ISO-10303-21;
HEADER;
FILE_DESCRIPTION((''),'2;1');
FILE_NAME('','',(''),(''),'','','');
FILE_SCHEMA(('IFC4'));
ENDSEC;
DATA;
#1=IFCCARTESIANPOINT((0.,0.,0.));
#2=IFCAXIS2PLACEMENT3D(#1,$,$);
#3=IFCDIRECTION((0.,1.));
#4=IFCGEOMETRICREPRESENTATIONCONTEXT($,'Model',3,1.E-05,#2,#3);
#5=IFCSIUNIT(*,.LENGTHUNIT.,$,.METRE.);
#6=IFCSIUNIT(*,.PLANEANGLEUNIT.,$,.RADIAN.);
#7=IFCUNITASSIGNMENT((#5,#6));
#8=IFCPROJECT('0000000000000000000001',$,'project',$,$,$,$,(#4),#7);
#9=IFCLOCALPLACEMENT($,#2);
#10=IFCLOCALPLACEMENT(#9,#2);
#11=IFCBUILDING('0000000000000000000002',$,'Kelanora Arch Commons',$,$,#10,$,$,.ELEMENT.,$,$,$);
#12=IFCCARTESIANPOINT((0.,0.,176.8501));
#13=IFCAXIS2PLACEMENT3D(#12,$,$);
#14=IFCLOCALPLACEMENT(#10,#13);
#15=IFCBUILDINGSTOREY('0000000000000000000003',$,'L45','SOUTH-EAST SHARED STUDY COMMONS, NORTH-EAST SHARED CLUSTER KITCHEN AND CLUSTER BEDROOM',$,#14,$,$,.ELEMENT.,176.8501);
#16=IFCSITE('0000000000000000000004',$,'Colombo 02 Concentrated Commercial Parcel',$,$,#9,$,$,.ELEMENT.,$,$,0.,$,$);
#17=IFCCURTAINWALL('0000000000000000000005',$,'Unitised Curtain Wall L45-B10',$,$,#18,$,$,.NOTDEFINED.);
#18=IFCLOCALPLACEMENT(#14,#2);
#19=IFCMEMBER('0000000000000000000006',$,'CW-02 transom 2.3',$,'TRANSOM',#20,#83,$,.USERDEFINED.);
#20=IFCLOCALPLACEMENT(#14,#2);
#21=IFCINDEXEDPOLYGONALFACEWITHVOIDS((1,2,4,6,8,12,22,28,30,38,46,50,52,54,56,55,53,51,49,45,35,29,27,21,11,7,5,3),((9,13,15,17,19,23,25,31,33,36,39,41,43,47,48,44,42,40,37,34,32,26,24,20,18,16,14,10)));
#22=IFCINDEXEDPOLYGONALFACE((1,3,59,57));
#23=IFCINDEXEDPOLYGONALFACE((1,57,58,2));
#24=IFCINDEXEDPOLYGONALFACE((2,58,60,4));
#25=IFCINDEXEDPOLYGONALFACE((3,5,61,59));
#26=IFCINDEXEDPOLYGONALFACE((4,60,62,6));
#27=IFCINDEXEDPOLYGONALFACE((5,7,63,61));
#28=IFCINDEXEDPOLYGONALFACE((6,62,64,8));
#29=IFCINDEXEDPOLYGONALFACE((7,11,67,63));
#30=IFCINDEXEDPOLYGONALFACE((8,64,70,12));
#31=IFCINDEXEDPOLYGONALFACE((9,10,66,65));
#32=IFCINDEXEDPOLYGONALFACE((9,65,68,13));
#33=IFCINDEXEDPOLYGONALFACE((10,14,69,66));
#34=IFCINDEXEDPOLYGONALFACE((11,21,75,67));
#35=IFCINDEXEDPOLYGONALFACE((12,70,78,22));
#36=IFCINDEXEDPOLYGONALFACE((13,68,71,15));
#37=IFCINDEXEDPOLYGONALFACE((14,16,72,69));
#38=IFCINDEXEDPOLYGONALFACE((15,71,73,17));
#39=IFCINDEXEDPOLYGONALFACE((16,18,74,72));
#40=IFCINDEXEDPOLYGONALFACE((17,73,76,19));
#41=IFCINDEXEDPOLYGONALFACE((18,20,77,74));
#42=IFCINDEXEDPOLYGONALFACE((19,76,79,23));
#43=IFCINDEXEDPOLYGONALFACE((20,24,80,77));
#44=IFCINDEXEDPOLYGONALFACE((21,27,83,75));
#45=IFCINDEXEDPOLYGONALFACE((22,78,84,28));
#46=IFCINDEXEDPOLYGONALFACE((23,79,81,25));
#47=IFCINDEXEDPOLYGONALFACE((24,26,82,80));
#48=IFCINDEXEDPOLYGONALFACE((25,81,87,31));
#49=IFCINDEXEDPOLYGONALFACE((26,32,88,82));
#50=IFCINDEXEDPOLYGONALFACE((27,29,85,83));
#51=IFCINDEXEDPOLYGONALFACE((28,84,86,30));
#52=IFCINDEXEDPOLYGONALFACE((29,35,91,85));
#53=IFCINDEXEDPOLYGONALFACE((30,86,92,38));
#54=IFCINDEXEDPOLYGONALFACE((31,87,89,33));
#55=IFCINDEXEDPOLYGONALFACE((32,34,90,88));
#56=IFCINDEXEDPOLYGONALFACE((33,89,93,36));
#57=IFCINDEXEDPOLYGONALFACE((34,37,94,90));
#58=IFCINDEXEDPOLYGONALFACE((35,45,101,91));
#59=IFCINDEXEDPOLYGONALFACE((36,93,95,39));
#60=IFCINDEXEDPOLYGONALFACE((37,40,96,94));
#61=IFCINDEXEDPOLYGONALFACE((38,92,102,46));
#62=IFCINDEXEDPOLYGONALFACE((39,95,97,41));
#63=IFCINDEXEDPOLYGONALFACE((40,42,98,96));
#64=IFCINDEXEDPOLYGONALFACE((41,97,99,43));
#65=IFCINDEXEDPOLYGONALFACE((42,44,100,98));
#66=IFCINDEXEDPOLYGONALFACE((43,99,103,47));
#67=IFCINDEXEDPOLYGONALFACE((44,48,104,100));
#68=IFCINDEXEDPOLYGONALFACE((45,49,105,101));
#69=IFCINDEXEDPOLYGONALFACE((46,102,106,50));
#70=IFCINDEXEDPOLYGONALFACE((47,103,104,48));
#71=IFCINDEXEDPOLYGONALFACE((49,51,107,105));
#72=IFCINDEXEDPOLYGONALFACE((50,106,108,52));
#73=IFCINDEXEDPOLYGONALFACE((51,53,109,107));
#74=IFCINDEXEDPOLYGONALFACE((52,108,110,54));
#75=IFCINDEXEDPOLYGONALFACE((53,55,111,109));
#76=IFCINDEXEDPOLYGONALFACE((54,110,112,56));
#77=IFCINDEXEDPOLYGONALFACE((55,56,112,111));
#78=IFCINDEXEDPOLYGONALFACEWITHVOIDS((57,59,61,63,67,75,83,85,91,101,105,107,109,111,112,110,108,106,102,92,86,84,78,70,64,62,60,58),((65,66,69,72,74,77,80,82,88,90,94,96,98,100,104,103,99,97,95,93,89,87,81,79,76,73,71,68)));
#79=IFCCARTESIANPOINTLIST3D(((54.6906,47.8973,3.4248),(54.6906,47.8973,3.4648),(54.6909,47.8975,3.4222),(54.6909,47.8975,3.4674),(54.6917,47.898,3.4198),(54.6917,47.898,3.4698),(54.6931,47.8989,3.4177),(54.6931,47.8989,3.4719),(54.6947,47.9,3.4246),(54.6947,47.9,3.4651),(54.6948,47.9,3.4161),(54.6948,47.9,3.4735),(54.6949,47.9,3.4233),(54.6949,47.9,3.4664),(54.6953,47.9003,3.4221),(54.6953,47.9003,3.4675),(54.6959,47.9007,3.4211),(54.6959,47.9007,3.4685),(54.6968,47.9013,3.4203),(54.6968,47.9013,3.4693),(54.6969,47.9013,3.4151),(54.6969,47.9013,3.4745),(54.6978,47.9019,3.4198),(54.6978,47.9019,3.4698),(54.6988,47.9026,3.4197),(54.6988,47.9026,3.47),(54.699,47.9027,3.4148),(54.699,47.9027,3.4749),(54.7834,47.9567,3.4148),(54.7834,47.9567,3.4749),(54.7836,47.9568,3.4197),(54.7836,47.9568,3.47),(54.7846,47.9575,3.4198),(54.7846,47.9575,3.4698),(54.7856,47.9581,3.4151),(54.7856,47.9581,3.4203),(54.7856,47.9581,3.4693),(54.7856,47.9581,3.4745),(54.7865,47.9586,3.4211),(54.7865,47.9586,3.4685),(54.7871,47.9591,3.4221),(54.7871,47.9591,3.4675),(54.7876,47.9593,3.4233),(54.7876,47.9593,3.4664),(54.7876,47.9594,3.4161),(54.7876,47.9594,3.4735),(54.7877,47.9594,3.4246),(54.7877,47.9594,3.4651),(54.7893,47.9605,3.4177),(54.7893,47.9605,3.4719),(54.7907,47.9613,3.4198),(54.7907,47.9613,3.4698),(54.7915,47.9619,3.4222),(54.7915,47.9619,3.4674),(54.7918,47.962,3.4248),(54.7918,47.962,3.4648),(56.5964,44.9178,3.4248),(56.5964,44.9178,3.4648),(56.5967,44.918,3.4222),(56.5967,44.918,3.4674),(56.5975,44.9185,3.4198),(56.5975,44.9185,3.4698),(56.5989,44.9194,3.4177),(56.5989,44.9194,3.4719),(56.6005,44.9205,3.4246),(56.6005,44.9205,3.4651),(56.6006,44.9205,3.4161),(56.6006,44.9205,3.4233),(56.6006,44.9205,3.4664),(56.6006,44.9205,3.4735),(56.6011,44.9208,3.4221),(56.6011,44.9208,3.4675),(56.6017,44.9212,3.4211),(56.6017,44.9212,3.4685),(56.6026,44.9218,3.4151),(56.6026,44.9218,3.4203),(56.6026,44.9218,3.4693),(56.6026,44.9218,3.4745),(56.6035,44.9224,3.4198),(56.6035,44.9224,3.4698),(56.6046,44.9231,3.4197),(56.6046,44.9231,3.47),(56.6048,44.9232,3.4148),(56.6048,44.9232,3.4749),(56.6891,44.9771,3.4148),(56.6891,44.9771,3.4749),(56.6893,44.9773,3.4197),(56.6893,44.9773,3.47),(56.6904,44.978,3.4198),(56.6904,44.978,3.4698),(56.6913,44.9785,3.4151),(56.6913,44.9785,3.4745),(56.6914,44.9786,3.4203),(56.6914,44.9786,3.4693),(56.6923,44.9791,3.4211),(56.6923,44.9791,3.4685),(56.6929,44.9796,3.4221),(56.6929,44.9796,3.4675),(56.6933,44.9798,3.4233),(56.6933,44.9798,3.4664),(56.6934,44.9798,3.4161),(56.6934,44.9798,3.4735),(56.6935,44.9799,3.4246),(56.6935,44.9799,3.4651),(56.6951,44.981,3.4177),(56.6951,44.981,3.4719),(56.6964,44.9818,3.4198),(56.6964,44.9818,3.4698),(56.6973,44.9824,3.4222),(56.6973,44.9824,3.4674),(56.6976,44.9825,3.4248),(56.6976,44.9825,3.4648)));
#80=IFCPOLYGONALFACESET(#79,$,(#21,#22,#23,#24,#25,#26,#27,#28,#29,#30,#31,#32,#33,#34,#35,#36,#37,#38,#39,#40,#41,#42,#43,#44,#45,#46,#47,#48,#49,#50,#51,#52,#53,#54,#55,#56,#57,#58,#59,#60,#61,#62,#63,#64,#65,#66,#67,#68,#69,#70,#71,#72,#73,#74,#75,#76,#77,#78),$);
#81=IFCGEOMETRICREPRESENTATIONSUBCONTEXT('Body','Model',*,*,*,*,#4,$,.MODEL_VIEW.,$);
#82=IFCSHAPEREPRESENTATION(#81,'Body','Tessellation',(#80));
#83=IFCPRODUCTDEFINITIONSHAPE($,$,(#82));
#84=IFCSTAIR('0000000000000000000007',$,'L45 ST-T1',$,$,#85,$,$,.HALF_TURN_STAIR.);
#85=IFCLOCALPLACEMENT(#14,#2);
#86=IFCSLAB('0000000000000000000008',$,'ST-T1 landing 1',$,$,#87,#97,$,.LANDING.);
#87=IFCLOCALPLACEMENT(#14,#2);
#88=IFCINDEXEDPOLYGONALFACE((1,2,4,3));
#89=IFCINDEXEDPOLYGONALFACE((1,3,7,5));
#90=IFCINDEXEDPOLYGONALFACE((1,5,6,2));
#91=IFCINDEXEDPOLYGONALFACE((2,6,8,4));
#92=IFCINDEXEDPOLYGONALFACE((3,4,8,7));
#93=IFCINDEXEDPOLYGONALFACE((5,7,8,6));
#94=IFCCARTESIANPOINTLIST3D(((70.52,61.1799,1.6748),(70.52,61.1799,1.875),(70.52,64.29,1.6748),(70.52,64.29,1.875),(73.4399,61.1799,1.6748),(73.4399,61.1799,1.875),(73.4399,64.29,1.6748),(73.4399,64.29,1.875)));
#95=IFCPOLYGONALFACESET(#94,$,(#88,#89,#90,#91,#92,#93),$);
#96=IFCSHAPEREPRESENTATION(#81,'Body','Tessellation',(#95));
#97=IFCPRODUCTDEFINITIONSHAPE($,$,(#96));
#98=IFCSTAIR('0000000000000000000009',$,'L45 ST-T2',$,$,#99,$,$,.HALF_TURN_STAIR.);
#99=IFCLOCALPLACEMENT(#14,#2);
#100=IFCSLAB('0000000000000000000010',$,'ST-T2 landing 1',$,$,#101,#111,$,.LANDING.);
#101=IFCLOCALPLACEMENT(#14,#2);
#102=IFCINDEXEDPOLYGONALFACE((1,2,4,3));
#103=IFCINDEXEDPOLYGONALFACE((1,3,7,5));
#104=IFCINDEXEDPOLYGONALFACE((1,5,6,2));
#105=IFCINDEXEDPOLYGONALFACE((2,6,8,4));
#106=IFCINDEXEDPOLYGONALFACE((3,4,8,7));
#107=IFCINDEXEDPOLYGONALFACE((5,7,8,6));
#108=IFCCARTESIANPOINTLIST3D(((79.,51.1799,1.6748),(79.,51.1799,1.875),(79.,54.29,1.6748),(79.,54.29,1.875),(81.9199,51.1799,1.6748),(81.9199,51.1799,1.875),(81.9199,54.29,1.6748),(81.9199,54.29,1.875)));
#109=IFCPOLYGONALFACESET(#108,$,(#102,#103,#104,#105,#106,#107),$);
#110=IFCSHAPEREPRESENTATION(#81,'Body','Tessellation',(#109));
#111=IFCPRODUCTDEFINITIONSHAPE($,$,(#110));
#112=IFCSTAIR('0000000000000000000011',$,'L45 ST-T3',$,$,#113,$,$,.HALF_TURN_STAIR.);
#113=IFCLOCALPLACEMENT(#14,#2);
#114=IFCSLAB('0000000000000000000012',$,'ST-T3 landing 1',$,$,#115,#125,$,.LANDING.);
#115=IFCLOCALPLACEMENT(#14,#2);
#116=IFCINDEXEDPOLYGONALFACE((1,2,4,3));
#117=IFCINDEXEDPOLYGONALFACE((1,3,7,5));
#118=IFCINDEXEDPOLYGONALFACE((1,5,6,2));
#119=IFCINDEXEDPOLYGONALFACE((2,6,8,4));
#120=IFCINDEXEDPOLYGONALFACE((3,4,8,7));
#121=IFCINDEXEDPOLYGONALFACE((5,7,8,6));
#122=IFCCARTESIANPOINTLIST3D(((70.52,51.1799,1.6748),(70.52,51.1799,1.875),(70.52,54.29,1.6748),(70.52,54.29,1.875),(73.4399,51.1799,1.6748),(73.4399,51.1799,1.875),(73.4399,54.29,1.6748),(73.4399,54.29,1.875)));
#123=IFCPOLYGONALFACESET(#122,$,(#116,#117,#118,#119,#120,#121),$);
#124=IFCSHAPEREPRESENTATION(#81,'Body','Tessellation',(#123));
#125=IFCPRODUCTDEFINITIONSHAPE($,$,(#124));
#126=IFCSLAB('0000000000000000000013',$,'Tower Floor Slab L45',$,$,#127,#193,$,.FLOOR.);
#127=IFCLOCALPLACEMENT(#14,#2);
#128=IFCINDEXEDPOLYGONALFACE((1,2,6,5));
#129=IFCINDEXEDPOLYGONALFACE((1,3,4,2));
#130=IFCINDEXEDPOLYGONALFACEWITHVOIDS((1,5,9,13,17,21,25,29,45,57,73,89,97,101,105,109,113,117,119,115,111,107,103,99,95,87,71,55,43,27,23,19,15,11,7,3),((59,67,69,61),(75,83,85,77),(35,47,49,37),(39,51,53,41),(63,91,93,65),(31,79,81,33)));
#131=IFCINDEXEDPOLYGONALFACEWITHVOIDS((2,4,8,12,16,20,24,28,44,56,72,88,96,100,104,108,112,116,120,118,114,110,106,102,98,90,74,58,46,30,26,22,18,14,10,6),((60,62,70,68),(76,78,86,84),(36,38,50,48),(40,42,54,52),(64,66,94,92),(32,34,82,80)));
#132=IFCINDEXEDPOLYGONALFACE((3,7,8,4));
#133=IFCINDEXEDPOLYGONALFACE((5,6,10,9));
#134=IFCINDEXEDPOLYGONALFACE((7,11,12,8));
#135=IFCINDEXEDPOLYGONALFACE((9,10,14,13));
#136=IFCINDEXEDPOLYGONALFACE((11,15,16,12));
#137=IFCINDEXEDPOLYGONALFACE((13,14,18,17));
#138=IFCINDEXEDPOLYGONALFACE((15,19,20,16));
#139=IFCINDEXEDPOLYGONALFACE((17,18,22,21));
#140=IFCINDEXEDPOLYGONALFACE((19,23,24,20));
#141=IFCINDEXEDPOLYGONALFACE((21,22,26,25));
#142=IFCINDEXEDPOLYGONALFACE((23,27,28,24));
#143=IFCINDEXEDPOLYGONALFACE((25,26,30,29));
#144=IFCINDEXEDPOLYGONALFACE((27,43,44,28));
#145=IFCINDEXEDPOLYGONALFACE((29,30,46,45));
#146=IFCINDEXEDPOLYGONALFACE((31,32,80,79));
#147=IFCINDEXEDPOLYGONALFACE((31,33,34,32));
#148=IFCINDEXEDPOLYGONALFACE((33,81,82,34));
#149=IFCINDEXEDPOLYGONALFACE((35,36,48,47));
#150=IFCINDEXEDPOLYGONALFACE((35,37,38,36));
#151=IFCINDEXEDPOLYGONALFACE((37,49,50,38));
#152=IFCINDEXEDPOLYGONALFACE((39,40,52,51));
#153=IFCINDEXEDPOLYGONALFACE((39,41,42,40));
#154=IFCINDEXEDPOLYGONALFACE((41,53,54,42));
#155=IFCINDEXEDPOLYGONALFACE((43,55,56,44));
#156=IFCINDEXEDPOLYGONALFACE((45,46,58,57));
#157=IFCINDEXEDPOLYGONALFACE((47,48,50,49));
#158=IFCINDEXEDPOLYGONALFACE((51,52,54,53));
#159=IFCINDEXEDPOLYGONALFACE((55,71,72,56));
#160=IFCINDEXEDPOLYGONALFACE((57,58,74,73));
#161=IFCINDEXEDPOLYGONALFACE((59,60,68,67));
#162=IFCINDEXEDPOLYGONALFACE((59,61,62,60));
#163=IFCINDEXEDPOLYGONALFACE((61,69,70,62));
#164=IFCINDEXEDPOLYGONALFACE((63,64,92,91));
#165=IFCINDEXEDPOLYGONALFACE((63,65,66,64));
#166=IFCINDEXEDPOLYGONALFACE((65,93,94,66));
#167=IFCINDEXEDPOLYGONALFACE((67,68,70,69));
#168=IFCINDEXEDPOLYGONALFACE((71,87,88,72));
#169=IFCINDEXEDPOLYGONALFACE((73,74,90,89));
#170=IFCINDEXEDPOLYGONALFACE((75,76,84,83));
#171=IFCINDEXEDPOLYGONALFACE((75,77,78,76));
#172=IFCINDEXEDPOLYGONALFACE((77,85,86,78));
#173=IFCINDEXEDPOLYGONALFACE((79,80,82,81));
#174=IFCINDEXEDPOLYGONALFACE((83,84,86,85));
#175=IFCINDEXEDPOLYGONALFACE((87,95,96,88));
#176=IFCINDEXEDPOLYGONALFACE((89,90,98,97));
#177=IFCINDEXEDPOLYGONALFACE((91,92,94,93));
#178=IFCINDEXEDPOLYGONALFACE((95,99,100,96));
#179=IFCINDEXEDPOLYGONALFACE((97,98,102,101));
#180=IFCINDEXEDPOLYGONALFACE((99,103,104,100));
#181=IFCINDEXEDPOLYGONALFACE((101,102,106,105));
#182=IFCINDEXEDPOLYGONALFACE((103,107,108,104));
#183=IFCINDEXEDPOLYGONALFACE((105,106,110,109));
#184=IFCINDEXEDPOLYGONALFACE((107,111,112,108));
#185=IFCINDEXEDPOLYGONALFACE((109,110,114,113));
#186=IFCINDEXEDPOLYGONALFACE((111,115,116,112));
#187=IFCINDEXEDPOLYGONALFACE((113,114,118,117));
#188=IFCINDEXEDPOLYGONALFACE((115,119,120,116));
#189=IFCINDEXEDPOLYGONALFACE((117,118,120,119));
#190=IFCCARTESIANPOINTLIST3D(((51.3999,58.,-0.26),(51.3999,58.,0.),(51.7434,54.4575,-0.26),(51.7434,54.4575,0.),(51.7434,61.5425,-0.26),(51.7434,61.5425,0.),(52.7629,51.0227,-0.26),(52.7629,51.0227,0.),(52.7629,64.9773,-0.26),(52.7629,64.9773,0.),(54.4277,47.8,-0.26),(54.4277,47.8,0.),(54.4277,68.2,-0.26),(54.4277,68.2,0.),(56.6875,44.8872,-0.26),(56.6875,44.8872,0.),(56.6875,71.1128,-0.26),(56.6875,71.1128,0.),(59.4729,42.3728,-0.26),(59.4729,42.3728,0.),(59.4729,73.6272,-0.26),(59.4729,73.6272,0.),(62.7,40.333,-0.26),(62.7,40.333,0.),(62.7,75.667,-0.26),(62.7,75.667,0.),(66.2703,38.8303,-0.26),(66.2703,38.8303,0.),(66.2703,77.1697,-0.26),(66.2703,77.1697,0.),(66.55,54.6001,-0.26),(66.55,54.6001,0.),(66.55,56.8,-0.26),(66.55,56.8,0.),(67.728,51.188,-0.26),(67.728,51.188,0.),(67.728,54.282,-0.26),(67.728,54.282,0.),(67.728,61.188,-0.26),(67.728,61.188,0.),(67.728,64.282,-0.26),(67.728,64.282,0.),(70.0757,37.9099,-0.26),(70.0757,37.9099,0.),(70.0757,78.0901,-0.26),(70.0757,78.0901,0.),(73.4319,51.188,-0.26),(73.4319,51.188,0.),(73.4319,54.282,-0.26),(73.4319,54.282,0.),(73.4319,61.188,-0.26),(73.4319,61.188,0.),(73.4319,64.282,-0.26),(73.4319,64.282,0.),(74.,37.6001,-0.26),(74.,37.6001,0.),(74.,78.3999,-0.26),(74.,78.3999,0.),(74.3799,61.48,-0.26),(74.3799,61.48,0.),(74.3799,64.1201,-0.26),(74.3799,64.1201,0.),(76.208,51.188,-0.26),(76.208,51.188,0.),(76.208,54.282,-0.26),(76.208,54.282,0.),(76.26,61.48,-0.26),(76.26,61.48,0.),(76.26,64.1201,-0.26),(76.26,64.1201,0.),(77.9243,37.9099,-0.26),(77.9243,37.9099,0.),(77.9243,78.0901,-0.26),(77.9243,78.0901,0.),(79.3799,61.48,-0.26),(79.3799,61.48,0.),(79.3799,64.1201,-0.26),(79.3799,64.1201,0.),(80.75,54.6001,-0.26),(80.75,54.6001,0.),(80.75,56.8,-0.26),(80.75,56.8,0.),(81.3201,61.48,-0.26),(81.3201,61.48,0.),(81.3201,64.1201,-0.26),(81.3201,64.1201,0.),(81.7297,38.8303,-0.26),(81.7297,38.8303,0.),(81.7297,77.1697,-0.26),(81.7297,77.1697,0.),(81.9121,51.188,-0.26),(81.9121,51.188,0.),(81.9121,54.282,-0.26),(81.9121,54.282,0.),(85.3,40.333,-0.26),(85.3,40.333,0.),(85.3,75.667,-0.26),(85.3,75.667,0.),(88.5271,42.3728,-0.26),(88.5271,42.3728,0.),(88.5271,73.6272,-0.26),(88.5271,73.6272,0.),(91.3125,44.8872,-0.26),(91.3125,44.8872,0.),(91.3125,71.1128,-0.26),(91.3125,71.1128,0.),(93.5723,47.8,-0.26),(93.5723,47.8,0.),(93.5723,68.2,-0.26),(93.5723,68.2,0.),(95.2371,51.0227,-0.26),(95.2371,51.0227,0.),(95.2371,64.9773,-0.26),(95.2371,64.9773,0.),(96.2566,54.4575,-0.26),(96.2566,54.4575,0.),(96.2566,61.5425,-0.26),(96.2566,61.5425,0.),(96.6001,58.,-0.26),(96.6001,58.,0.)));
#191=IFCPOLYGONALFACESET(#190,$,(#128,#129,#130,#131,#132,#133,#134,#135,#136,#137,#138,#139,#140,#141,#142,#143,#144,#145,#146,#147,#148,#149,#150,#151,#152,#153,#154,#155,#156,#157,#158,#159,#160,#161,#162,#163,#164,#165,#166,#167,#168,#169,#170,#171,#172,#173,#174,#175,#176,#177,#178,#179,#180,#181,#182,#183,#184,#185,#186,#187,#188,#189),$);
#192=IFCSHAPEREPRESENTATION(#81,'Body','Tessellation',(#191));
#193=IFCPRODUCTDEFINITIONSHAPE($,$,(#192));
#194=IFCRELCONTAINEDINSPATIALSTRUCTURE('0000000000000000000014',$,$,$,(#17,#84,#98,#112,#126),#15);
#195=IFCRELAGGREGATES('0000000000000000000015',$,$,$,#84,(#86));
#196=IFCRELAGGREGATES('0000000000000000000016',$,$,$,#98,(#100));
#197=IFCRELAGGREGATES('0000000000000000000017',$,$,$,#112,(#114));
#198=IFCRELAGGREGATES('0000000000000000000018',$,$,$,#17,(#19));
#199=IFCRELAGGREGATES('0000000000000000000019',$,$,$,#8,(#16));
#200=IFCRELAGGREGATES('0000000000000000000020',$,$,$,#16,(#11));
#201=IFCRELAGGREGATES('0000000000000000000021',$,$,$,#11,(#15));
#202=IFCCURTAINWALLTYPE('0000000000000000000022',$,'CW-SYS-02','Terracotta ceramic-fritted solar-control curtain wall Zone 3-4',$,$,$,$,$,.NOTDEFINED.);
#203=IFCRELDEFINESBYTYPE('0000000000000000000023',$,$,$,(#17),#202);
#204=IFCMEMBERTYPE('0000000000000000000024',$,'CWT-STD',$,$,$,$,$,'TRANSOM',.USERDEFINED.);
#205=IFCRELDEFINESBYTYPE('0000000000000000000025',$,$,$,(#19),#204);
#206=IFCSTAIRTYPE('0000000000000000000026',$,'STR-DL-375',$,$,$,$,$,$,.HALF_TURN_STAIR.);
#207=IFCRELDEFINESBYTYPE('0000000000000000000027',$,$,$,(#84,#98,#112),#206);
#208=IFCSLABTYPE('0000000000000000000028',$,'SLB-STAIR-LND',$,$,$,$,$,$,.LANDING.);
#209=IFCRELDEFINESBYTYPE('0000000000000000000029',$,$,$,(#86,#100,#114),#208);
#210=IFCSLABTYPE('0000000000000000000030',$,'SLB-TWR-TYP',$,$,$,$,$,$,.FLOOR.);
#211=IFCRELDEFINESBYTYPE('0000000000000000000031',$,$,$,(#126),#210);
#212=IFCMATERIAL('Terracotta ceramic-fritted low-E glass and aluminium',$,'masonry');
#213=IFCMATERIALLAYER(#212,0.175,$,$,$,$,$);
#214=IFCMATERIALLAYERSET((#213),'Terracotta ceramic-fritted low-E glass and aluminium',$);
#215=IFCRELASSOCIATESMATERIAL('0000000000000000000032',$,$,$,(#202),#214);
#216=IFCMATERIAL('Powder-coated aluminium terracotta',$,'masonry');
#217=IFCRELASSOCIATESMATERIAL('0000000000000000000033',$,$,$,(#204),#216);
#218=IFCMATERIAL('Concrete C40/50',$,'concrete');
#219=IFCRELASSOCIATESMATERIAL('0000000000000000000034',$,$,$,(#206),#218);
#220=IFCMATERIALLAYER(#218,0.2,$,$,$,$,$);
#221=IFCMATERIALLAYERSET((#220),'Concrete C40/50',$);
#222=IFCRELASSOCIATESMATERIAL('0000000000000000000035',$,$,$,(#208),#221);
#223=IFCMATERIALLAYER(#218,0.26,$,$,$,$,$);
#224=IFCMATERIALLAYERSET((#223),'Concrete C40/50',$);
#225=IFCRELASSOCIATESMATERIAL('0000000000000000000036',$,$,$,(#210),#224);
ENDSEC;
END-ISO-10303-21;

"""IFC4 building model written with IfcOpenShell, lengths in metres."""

from ifc_helpers import new_model, si_unit, direction, frame, origin, origin_2d, place, context, subcontext, project, spatial, polyline, hollow_rectangle, outline, extrude, material, layer, layer_set, material_profile, profile_set, type_object, element, aggregate, save


model = new_model("IFC4")

# Units and contexts
model_context = context("Model", 3, precision=1e-05, world=origin(), true_north=direction((0.0, 1.0)))
body_context = subcontext(model_context, "Body", "Model", "MODEL_VIEW")
ifc_project = project(units=[si_unit("LENGTHUNIT", "METRE"), si_unit("PLANEANGLEUNIT", "RADIAN")], contexts=[model_context])

# Site, building, storey
site_placement = place(None, origin())
site = spatial("IfcSite", under=ifc_project, at=site_placement, Name="Colombo 02 Concentrated Commercial Parcel", CompositionType="ELEMENT", RefElevation=0.0)
building_placement = place(site_placement, origin())
building = spatial("IfcBuilding", under=site, at=building_placement, Name="Kelanora Arch Commons", CompositionType="ELEMENT")
storey_placement = place(building_placement, frame((0.0, 0.0, 176.8501)))
storey = spatial("IfcBuildingStorey", under=building, at=storey_placement, Name="L45", Description="SOUTH-EAST SHARED STUDY COMMONS, NORTH-EAST SHARED CLUSTER KITCHEN AND CLUSTER BEDROOM", CompositionType="ELEMENT", Elevation=176.8501)

# Shared definitions
ifc_material_1 = material(Name="Terracotta ceramic-fritted low-E glass and aluminium", Category="masonry")
ifc_layer_1 = layer(ifc_material_1, 0.175)
ifc_layer_set_1 = layer_set([ifc_layer_1], Name="Terracotta ceramic-fritted low-E glass and aluminium")
curtain_wall_type = type_object("IfcCurtainWallType", Name="CW-SYS-02", Description="Terracotta ceramic-fritted solar-control curtain wall Zone 3-4", PredefinedType="NOTDEFINED", material=ifc_layer_set_1)
ifc_material_2 = material(Name="Powder-coated aluminium terracotta", Category="masonry")

# Curtain wall, member
curtain_wall_1_placement = place(storey_placement, origin())
curtain_wall_1 = element("IfcCurtainWall", 1, at=curtain_wall_1_placement, inside=storey, type_object=curtain_wall_type, Name="Unitised Curtain Wall L45-B10", PredefinedType="NOTDEFINED")
ifc_material_profile_1 = material_profile(ifc_material_2, hollow_rectangle(XDim=0.1201, YDim=0.0601, WallThickness=0.0049, InnerFilletRadius=0.0049, OuterFilletRadius=0.01, at=origin_2d()), Name="CWT120x60")
ifc_profile_set_1 = profile_set([ifc_material_profile_1], Name="Powder-coated aluminium terracotta")
member_type_1 = type_object("IfcMemberType", Name="CWT-STD", ElementType="TRANSOM", PredefinedType="USERDEFINED", material=ifc_profile_set_1)
member_1_placement = place(storey_placement, frame((54.7412, 47.9297, 3.4448), z_axis=(0.53883, -0.842414, 0.0), x_axis=(0.842414, 0.53883, 0.0)))
member_1 = element("IfcMember", 2, at=member_1_placement, type_object=member_type_1, Name="CW-02 transom 2.3", ObjectType="TRANSOM", PredefinedType="USERDEFINED", context=body_context, shape_type="SweptSolid", body=[
    extrude(hollow_rectangle(XDim=0.1201, YDim=0.0601, WallThickness=0.0049, InnerFilletRadius=0.0049, OuterFilletRadius=0.01, at=origin_2d()), origin(), (0.0, 0.0, 1.0), 3.5369),
])

# Stairs, slabs
ifc_material_3 = material(Name="Concrete C40/50", Category="concrete")
stair_type = type_object("IfcStairType", Name="STR-DL-375", PredefinedType="HALF_TURN_STAIR", material=ifc_material_3)
stair_1_placement = place(storey_placement, origin())
stair_1 = element("IfcStair", 3, at=stair_1_placement, inside=storey, type_object=stair_type, Name="L45 ST-T1", PredefinedType="HALF_TURN_STAIR")
ifc_layer_2 = layer(ifc_material_3, 0.2)
ifc_layer_set_2 = layer_set([ifc_layer_2], Name="Concrete C40/50")
slab_type_1 = type_object("IfcSlabType", Name="SLB-STAIR-LND", PredefinedType="LANDING", material=ifc_layer_set_2)
slab_1_placement = place(storey_placement, frame((0.0, 0.0, 1.6748)))
slab_1 = element("IfcSlab", 4, at=slab_1_placement, type_object=slab_type_1, Name="ST-T1 landing 1", PredefinedType="LANDING", context=body_context, shape_type="SweptSolid", body=[
    extrude(outline(polyline([(70.52, 61.1799), (73.4399, 61.1799), (73.4399, 64.29), (70.52, 64.29), (70.52, 61.1799)])), origin(), (0.0, 0.0, 1.0), 0.2002),
])
aggregate(stair_1, [slab_1])
stair_2_placement = place(storey_placement, origin())
stair_2 = element("IfcStair", 5, at=stair_2_placement, inside=storey, type_object=stair_type, Name="L45 ST-T2", PredefinedType="HALF_TURN_STAIR")
slab_2_placement = place(storey_placement, frame((0.0, 0.0, 1.6748)))
slab_2 = element("IfcSlab", 6, at=slab_2_placement, type_object=slab_type_1, Name="ST-T2 landing 1", PredefinedType="LANDING", context=body_context, shape_type="SweptSolid", body=[
    extrude(outline(polyline([(79.0, 51.1799), (81.9199, 51.1799), (81.9199, 54.29), (79.0, 54.29), (79.0, 51.1799)])), origin(), (0.0, 0.0, 1.0), 0.2002),
])
aggregate(stair_2, [slab_2])
stair_3_placement = place(storey_placement, origin())
stair_3 = element("IfcStair", 7, at=stair_3_placement, inside=storey, type_object=stair_type, Name="L45 ST-T3", PredefinedType="HALF_TURN_STAIR")
slab_3_placement = place(storey_placement, frame((0.0, 0.0, 1.6748)))
slab_3 = element("IfcSlab", 8, at=slab_3_placement, type_object=slab_type_1, Name="ST-T3 landing 1", PredefinedType="LANDING", context=body_context, shape_type="SweptSolid", body=[
    extrude(outline(polyline([(70.52, 51.1799), (73.4399, 51.1799), (73.4399, 54.29), (70.52, 54.29), (70.52, 51.1799)])), origin(), (0.0, 0.0, 1.0), 0.2002),
])
aggregate(stair_3, [slab_3])

# Slab
ifc_layer_3 = layer(ifc_material_3, 0.26)
ifc_layer_set_3 = layer_set([ifc_layer_3], Name="Concrete C40/50")
slab_type_2 = type_object("IfcSlabType", Name="SLB-TWR-TYP", PredefinedType="FLOOR", material=ifc_layer_set_3)
slab_4_placement = place(storey_placement, frame((0.0, 0.0, -0.26)))
element("IfcSlab", 9, at=slab_4_placement, inside=storey, type_object=slab_type_2, Name="Tower Floor Slab L45", PredefinedType="FLOOR", context=body_context, shape_type="SweptSolid", body=[
    extrude(outline(polyline([(96.6001, 58.0), (96.2566, 61.5425), (95.2371, 64.9773), (93.5723, 68.2), (91.3125, 71.1128), (88.5271, 73.6272), (85.3, 75.667), (81.7297, 77.1697), (77.9243, 78.0901), (74.0, 78.3999), (70.0757, 78.0901), (66.2703, 77.1697), (62.7, 75.667), (59.4729, 73.6272), (56.6875, 71.1128), (54.4277, 68.2), (52.7629, 64.9773), (51.7434, 61.5425), (51.3999, 58.0), (51.7434, 54.4575), (52.7629, 51.0227), (54.4277, 47.8), (56.6875, 44.8872), (59.4729, 42.3728), (62.7, 40.333), (66.2703, 38.8303), (70.0757, 37.9099), (74.0, 37.6001), (77.9243, 37.9099), (81.7297, 38.8303), (85.3, 40.333), (88.5271, 42.3728), (91.3125, 44.8872), (93.5723, 47.8), (95.2371, 51.0227), (96.2566, 54.4575), (96.6001, 58.0)]), holes=[polyline([(73.4319, 51.188), (67.728, 51.188), (67.728, 54.282), (73.4319, 54.282), (73.4319, 51.188)]), polyline([(76.208, 51.188), (76.208, 54.282), (81.9121, 54.282), (81.9121, 51.188), (76.208, 51.188)]), polyline([(66.55, 54.6001), (66.55, 56.8), (80.75, 56.8), (80.75, 54.6001), (66.55, 54.6001)]), polyline([(73.4319, 61.188), (67.728, 61.188), (67.728, 64.282), (73.4319, 64.282), (73.4319, 61.188)]), polyline([(74.3799, 61.48), (74.3799, 64.1201), (76.26, 64.1201), (76.26, 61.48), (74.3799, 61.48)]), polyline([(79.3799, 61.48), (79.3799, 64.1201), (81.3201, 64.1201), (81.3201, 61.48), (79.3799, 61.48)])]), origin(), (0.0, 0.0, 1.0), 0.26),
])

aggregate(curtain_wall_1, [member_1])

save(model, "model.ifc")
